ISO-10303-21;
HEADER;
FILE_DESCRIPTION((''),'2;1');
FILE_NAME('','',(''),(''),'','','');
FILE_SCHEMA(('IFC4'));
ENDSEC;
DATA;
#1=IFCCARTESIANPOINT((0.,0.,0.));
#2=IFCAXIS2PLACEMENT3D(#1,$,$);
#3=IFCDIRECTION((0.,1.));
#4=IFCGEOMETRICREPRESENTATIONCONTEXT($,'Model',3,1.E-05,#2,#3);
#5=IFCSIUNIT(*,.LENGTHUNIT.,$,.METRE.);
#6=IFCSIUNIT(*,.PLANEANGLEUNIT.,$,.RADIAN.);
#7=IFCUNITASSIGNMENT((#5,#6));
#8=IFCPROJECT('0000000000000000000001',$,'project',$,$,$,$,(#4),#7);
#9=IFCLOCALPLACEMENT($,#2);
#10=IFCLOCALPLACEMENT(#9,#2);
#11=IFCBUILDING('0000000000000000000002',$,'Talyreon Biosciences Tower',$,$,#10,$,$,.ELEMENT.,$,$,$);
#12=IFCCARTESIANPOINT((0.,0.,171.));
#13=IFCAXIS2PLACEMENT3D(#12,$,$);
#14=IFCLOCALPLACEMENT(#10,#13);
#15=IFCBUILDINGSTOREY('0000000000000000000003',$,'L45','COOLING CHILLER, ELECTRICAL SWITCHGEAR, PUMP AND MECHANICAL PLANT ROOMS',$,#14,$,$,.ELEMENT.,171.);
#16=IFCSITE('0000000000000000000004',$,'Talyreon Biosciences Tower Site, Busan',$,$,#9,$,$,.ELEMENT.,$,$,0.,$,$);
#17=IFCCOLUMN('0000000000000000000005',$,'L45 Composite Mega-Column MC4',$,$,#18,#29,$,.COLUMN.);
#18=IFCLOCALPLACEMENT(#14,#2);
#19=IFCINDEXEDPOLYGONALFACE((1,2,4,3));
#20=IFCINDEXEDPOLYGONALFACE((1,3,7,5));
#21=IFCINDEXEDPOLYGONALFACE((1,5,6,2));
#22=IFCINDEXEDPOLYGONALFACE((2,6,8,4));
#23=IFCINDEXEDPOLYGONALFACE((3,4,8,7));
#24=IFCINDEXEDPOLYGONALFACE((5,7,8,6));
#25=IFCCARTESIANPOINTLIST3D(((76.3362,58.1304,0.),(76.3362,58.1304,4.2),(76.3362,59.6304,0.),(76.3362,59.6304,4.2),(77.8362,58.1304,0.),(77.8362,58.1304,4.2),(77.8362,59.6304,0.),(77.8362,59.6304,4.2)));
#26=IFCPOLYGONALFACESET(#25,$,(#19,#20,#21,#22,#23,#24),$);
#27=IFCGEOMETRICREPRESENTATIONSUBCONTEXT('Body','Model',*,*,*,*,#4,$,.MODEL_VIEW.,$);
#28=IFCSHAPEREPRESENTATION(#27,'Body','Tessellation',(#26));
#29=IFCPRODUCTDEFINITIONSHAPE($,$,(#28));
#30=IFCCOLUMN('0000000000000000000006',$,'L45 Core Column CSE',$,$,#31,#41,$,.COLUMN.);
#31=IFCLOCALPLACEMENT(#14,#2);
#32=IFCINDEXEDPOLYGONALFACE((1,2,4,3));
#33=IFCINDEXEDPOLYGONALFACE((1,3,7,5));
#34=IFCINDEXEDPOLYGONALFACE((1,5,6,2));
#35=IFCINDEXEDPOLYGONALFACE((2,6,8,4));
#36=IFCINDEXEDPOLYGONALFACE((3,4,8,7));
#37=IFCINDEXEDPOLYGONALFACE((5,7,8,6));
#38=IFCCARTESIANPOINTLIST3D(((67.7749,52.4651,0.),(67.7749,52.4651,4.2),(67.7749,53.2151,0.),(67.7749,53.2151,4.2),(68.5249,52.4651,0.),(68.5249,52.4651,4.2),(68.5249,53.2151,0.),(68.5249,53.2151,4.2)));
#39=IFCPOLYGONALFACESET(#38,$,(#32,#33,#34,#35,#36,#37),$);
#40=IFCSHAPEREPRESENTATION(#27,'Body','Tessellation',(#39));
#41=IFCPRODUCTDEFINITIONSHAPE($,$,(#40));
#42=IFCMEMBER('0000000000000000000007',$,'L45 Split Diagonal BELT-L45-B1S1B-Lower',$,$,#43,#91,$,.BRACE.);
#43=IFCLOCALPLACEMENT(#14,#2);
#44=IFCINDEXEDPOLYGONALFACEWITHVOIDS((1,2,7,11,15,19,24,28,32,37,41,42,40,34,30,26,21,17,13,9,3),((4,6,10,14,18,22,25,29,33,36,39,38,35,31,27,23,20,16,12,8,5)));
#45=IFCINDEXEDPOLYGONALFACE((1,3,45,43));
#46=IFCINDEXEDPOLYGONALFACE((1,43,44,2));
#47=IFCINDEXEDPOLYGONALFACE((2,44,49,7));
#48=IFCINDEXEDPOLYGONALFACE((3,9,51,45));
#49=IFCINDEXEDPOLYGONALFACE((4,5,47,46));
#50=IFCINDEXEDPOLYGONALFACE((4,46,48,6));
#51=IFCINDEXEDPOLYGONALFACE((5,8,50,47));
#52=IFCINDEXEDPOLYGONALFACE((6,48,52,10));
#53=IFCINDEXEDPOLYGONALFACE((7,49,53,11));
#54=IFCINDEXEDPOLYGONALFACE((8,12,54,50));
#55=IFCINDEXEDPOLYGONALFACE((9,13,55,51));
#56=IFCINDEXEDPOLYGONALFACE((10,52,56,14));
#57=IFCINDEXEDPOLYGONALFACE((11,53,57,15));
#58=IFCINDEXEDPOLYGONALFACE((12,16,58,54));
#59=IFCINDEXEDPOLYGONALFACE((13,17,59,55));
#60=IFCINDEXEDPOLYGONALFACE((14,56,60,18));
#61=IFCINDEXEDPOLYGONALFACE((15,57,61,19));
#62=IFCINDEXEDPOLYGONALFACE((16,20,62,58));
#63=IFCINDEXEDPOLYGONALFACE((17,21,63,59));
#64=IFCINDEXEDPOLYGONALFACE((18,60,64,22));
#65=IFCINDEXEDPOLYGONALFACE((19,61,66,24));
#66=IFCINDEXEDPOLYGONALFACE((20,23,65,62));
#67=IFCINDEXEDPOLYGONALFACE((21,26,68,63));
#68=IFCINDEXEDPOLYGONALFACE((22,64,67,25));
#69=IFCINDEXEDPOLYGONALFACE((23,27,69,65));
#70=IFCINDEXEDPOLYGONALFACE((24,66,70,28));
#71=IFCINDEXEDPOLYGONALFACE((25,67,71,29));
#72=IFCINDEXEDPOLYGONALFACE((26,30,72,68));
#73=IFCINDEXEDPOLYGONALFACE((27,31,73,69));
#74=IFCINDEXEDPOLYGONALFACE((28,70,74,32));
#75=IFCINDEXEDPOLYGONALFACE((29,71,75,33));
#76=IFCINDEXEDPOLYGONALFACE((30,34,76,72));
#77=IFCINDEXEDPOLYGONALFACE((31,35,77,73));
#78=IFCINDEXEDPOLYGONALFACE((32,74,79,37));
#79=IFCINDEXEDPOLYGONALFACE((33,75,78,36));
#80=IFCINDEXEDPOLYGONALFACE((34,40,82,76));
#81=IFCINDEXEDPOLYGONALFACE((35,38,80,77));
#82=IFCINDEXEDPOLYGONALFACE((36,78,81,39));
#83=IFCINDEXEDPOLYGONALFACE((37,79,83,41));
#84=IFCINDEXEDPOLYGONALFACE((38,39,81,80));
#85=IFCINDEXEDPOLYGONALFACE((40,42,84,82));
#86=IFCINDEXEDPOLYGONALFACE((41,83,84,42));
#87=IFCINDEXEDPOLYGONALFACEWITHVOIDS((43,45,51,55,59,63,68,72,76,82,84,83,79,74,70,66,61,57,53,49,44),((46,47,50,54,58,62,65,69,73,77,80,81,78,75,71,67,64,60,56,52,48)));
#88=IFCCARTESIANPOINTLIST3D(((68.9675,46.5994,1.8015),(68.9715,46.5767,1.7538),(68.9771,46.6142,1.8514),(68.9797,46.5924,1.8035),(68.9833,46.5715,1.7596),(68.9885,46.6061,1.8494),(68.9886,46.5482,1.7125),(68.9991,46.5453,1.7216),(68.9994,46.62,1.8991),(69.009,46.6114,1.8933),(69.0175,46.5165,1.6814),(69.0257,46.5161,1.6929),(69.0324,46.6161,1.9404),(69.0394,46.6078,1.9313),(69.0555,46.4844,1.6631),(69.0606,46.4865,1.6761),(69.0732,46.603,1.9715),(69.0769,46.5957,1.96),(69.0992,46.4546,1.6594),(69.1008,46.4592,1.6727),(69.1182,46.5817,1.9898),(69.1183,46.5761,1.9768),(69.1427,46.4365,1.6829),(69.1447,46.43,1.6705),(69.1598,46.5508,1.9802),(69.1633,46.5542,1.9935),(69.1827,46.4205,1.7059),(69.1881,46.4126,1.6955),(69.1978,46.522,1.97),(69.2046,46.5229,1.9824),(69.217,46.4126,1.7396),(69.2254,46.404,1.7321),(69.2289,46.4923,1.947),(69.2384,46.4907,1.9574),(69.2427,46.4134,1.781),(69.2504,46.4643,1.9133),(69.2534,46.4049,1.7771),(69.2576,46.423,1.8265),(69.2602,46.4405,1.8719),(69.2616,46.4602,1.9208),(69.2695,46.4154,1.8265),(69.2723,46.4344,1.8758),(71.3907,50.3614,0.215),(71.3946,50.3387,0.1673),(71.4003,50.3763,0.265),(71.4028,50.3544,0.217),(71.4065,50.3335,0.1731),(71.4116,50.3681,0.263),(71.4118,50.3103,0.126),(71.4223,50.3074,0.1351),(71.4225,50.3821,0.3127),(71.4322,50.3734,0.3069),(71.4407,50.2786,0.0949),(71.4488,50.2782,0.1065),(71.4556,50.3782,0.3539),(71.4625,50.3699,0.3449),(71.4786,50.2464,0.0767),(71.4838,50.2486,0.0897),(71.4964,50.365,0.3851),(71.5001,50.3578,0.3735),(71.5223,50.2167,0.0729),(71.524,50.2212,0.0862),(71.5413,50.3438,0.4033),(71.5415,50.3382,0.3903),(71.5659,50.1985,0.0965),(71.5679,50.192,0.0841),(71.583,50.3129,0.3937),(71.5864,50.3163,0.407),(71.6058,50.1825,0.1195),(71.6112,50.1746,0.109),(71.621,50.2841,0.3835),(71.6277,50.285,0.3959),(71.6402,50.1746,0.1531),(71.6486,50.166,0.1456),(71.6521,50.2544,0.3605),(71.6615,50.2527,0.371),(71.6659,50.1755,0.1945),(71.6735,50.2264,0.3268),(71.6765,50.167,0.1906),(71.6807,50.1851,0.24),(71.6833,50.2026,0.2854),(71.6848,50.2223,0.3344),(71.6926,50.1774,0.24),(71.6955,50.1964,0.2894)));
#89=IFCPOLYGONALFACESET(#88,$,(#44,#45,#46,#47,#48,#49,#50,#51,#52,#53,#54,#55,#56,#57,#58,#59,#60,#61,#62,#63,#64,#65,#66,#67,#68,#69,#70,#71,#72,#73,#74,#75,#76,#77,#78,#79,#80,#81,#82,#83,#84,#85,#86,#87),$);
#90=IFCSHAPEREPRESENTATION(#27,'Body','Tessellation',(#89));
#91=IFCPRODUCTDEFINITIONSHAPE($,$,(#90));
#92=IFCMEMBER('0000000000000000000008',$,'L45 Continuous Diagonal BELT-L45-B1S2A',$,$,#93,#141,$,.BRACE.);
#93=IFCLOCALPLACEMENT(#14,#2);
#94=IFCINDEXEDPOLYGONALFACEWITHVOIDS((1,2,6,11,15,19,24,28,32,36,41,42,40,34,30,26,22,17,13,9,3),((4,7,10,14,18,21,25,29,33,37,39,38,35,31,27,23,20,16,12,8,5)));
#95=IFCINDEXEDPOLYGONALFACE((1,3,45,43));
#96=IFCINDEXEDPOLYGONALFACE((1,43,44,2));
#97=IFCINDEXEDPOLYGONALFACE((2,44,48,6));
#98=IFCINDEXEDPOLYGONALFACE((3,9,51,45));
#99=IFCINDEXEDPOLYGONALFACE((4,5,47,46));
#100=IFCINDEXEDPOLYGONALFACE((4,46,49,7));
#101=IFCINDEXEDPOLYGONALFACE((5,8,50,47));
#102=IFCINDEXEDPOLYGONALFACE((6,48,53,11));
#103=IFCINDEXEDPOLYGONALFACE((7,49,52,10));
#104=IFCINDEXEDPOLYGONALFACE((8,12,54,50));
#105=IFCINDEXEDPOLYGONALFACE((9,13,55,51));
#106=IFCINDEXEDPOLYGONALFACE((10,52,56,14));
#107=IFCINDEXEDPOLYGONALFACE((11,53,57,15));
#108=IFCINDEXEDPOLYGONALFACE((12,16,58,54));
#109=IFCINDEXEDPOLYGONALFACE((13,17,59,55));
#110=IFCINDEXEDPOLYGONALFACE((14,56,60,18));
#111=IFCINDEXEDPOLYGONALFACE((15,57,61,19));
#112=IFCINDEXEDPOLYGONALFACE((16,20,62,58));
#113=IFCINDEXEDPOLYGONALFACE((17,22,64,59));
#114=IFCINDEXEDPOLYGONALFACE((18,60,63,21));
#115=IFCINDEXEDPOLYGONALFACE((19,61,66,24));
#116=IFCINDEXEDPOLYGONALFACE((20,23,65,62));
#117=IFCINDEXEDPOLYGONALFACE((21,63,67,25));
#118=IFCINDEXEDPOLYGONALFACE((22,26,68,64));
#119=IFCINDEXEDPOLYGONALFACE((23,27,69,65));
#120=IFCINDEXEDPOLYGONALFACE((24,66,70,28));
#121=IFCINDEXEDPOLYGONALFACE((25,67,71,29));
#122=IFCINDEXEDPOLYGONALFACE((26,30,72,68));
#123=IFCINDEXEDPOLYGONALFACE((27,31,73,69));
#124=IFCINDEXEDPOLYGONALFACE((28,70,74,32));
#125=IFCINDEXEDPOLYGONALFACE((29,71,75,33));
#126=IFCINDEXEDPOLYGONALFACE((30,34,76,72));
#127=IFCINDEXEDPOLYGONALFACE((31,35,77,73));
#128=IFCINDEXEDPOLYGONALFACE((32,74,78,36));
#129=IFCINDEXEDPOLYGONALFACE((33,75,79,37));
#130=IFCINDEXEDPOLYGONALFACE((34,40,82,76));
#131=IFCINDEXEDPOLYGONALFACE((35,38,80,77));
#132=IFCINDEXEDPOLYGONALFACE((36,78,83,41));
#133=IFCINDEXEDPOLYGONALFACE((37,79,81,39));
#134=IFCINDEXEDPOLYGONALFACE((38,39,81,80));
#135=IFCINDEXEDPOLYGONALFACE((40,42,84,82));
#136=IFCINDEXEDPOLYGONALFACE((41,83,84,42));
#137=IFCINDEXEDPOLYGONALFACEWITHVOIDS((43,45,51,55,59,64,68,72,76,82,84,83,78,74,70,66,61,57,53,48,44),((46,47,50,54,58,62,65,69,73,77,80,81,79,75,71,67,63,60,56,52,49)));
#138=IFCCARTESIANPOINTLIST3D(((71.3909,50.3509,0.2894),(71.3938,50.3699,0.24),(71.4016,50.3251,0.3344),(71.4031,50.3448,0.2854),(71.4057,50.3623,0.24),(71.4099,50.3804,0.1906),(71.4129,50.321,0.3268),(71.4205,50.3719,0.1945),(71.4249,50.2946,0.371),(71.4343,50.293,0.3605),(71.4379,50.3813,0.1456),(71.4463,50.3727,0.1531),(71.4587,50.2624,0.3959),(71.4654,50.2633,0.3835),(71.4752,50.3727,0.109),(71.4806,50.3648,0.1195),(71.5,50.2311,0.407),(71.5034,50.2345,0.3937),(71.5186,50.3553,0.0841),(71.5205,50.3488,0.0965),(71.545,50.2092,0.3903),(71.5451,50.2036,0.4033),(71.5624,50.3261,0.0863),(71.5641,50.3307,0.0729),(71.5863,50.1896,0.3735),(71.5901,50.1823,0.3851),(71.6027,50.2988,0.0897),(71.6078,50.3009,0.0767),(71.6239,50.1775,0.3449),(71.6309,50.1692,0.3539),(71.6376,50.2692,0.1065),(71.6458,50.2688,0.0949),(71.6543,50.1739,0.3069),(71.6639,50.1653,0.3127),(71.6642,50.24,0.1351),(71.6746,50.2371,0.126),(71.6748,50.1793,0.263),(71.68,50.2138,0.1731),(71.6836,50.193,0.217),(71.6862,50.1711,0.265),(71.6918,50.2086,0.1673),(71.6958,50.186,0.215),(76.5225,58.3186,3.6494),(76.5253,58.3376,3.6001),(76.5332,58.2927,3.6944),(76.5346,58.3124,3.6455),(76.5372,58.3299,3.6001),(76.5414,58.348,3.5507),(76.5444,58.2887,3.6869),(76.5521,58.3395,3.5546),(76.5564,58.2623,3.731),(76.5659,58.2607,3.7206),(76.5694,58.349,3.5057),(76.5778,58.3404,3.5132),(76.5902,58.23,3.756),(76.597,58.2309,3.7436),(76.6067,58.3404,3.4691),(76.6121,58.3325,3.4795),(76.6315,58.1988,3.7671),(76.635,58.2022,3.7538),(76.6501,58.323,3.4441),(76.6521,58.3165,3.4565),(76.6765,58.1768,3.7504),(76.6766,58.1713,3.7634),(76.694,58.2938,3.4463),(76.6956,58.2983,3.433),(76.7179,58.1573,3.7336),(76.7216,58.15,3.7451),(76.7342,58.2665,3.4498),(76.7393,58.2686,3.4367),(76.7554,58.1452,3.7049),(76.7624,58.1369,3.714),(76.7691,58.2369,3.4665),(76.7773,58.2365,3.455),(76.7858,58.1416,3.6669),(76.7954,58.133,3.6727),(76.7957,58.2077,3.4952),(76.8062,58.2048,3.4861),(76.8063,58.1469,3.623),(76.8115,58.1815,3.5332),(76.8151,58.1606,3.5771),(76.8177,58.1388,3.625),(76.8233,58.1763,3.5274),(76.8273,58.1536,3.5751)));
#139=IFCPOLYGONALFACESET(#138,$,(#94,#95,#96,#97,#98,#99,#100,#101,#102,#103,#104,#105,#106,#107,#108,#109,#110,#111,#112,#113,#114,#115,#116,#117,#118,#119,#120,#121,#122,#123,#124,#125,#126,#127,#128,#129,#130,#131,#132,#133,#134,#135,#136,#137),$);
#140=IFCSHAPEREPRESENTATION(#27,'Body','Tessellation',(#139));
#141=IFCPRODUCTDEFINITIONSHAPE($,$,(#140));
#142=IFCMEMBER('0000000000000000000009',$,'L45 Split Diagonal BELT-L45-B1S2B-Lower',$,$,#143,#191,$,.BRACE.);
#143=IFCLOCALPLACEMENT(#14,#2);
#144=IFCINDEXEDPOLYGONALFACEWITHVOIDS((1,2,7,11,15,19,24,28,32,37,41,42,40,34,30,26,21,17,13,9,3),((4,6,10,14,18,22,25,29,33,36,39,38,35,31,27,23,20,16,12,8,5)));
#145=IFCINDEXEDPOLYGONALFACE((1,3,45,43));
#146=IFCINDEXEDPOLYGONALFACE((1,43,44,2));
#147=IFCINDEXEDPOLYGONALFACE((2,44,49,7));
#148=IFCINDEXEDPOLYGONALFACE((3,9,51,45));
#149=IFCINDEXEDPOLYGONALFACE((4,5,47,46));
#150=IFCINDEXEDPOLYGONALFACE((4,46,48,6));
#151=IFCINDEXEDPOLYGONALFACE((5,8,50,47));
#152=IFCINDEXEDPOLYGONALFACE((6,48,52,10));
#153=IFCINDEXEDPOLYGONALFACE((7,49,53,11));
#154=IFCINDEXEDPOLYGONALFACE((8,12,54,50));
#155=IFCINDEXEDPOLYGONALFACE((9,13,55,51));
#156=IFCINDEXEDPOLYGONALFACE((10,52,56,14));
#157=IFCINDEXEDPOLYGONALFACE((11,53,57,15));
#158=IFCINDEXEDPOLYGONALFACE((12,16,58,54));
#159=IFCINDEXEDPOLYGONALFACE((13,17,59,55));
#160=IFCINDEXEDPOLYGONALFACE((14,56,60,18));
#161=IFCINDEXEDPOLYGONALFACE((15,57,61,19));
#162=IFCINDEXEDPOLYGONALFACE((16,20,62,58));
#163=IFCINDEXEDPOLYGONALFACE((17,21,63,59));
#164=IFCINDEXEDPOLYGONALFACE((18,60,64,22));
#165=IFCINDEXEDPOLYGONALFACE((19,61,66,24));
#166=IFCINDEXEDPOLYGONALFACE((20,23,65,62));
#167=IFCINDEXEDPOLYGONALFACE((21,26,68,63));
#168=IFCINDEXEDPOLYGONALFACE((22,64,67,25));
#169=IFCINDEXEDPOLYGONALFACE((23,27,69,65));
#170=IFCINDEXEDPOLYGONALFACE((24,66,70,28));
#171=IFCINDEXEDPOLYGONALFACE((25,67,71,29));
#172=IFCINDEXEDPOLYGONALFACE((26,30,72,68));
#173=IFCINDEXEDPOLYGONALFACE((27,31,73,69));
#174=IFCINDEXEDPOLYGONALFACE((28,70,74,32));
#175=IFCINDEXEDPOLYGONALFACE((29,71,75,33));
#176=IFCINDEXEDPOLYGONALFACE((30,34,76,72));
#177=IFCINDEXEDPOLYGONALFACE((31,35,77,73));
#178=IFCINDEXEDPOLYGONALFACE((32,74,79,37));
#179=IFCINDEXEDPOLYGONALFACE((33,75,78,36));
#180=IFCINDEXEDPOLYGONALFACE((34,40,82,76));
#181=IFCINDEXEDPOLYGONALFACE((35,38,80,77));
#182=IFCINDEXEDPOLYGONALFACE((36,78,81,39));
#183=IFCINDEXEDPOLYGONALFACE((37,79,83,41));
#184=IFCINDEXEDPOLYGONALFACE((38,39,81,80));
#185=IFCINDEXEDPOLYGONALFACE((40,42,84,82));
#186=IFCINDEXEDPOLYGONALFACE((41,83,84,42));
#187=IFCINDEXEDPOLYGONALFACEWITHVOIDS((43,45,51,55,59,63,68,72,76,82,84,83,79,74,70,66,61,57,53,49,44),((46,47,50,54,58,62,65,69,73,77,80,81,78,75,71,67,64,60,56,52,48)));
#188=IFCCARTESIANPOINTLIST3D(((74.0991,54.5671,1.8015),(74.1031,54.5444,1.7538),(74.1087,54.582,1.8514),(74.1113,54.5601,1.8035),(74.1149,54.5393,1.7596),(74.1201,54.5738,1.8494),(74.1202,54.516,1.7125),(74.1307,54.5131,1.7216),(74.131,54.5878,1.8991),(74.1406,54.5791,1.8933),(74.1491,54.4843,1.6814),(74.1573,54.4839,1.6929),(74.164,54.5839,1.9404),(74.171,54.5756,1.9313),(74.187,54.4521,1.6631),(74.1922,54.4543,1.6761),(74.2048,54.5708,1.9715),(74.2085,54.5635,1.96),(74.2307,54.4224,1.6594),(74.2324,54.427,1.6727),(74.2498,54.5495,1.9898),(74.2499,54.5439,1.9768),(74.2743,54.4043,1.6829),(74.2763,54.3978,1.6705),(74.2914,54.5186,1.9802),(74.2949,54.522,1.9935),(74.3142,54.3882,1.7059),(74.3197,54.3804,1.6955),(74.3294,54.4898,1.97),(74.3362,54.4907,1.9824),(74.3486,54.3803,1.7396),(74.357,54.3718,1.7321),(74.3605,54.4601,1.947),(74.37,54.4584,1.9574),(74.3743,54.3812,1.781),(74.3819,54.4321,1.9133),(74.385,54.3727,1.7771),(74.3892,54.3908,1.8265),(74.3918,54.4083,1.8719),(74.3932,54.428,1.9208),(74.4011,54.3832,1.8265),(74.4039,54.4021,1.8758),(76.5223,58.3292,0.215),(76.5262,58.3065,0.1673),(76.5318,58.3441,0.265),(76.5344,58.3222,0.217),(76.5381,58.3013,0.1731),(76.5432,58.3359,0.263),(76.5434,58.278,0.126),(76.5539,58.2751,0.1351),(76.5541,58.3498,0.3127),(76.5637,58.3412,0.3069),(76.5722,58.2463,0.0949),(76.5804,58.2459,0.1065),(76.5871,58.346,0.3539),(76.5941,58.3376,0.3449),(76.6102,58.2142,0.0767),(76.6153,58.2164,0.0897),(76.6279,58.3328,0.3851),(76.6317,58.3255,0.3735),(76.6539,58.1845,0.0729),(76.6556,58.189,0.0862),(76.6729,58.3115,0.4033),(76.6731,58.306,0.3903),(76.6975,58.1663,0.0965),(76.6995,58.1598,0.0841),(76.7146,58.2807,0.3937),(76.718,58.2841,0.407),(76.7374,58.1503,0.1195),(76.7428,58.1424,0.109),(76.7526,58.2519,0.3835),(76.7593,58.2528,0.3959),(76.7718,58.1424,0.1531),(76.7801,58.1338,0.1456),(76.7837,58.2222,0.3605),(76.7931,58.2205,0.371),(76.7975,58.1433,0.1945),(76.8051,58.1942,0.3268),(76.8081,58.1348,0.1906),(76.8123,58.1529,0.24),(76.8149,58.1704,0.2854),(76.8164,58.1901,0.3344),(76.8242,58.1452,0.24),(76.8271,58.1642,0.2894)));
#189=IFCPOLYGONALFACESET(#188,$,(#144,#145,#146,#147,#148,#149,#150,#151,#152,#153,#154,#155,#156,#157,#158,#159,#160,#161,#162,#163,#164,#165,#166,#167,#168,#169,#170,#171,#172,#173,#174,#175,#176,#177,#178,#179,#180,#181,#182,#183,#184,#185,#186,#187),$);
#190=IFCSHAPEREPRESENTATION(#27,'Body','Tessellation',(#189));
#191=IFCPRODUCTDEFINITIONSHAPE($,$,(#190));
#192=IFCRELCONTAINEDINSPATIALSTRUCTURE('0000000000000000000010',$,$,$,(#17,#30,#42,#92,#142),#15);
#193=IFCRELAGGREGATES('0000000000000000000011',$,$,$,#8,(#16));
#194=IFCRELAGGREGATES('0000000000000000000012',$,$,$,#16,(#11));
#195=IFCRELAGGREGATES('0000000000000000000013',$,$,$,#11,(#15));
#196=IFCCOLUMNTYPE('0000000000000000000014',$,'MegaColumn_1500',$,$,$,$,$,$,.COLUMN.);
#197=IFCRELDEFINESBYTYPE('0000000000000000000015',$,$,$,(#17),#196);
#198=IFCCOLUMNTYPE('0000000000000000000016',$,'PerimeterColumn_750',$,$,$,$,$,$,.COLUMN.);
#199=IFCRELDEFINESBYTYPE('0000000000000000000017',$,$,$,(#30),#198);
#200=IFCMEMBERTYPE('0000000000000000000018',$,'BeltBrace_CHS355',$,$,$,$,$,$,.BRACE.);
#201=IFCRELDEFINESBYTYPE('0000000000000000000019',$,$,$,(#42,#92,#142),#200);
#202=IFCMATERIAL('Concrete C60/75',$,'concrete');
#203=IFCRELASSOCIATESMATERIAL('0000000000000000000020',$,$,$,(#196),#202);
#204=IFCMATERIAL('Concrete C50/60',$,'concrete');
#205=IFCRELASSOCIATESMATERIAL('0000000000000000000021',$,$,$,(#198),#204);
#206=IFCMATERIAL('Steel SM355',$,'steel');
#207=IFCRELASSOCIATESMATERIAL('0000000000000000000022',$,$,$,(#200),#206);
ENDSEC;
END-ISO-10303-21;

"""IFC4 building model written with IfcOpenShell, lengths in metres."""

from ifc_helpers import new_model, si_unit, direction, frame, origin, origin_2d, place, context, subcontext, project, spatial, rectangle, hollow_circle, extrude, material, material_profile, profile_set, type_object, element, save


model = new_model("IFC4")

# Units and contexts
model_context = context("Model", 3, precision=1e-05, world=origin(), true_north=direction((0.0, 1.0)))
body_context = subcontext(model_context, "Body", "Model", "MODEL_VIEW")
ifc_project = project(units=[si_unit("LENGTHUNIT", "METRE"), si_unit("PLANEANGLEUNIT", "RADIAN")], contexts=[model_context])

# Site, building, storey
site_placement = place(None, origin())
site = spatial("IfcSite", under=ifc_project, at=site_placement, Name="Talyreon Biosciences Tower Site, Busan", CompositionType="ELEMENT", RefElevation=0.0)
building_placement = place(site_placement, origin())
building = spatial("IfcBuilding", under=site, at=building_placement, Name="Talyreon Biosciences Tower", CompositionType="ELEMENT")
storey_placement = place(building_placement, frame((0.0, 0.0, 171.0)))
storey = spatial("IfcBuildingStorey", under=building, at=storey_placement, Name="L45", Description="COOLING CHILLER, ELECTRICAL SWITCHGEAR, PUMP AND MECHANICAL PLANT ROOMS", CompositionType="ELEMENT", Elevation=171.0)

# Columns
ifc_material_1 = material(Name="Concrete C60/75", Category="concrete")
ifc_material_profile_1 = material_profile(ifc_material_1, rectangle(XDim=1.5, YDim=1.5, at=origin_2d()), Name="RC 1500x1500")
ifc_profile_set_1 = profile_set([ifc_material_profile_1], Name="Concrete C60/75")
column_type_1 = type_object("IfcColumnType", Name="MegaColumn_1500", PredefinedType="COLUMN", material=ifc_profile_set_1)
column_1_placement = place(storey_placement, frame((77.0862, 58.8804, 0.0), z_axis=(0.0, 0.0, 1.0), x_axis=(1.0, 0.0, 0.0)))
element("IfcColumn", 1, at=column_1_placement, inside=storey, type_object=column_type_1, Name="L45 Composite Mega-Column MC4", PredefinedType="COLUMN", context=body_context, shape_type="SweptSolid", body=[
    extrude(rectangle(XDim=1.5, YDim=1.5, at=origin_2d()), origin(), (0.0, 0.0, 1.0), 4.2),
])
ifc_material_2 = material(Name="Concrete C50/60", Category="concrete")
ifc_material_profile_2 = material_profile(ifc_material_2, rectangle(XDim=0.75, YDim=0.75, at=origin_2d()), Name="RC 750x750")
ifc_profile_set_2 = profile_set([ifc_material_profile_2], Name="Concrete C50/60")
column_type_2 = type_object("IfcColumnType", Name="PerimeterColumn_750", PredefinedType="COLUMN", material=ifc_profile_set_2)
column_2_placement = place(storey_placement, frame((68.1499, 52.8401, 0.0), z_axis=(0.0, 0.0, 1.0), x_axis=(1.0, 0.0, 0.0)))
element("IfcColumn", 2, at=column_2_placement, inside=storey, type_object=column_type_2, Name="L45 Core Column CSE", PredefinedType="COLUMN", context=body_context, shape_type="SweptSolid", body=[
    extrude(rectangle(XDim=0.75, YDim=0.75, at=origin_2d()), origin(), (0.0, 0.0, 1.0), 4.2),
])

# Members
ifc_material_3 = material(Name="Steel SM355", Category="steel")
ifc_material_profile_3 = material_profile(ifc_material_3, hollow_circle(Radius=0.1777, WallThickness=0.0142, at=origin_2d()), Name="CHS 355.6x14.2")
ifc_profile_set_3 = profile_set([ifc_material_profile_3], Name="Steel SM355")
member_type_1 = type_object("IfcMemberType", Name="BeltBrace_CHS355", PredefinedType="BRACE", material=ifc_profile_set_3)
member_1_placement = place(storey_placement, frame((71.5432, 50.2737, 0.24), z_axis=(-0.510374, -0.792379, 0.334147), x_axis=(0.840701, -0.541499, 0.0)))
element("IfcMember", 3, at=member_1_placement, inside=storey, type_object=member_type_1, Name="L45 Split Diagonal BELT-L45-B1S1B-Lower", PredefinedType="BRACE", context=body_context, shape_type="SweptSolid", body=[
    extrude(hollow_circle(Radius=0.1777, WallThickness=0.0142, at=origin_2d()), origin(), (0.0, 0.0, 1.0), 4.7478),
])
member_2_placement = place(storey_placement, frame((71.5432, 50.2737, 0.24), z_axis=(0.510337, 0.792396, 0.334163), x_axis=(-0.840725, 0.541463, 0.0)))
element("IfcMember", 4, at=member_2_placement, inside=storey, type_object=member_type_1, Name="L45 Continuous Diagonal BELT-L45-B1S2A", PredefinedType="BRACE", context=body_context, shape_type="SweptSolid", body=[
    extrude(hollow_circle(Radius=0.1777, WallThickness=0.0142, at=origin_2d()), origin(), (0.0, 0.0, 1.0), 10.0552),
])
member_3_placement = place(storey_placement, frame((76.6748, 58.2415, 0.24), z_axis=(-0.510374, -0.792379, 0.334147), x_axis=(0.840701, -0.541499, 0.0)))
element("IfcMember", 5, at=member_3_placement, inside=storey, type_object=member_type_1, Name="L45 Split Diagonal BELT-L45-B1S2B-Lower", PredefinedType="BRACE", context=body_context, shape_type="SweptSolid", body=[
    extrude(hollow_circle(Radius=0.1777, WallThickness=0.0142, at=origin_2d()), origin(), (0.0, 0.0, 1.0), 4.7478),
])

save(model, "model.ifc")
